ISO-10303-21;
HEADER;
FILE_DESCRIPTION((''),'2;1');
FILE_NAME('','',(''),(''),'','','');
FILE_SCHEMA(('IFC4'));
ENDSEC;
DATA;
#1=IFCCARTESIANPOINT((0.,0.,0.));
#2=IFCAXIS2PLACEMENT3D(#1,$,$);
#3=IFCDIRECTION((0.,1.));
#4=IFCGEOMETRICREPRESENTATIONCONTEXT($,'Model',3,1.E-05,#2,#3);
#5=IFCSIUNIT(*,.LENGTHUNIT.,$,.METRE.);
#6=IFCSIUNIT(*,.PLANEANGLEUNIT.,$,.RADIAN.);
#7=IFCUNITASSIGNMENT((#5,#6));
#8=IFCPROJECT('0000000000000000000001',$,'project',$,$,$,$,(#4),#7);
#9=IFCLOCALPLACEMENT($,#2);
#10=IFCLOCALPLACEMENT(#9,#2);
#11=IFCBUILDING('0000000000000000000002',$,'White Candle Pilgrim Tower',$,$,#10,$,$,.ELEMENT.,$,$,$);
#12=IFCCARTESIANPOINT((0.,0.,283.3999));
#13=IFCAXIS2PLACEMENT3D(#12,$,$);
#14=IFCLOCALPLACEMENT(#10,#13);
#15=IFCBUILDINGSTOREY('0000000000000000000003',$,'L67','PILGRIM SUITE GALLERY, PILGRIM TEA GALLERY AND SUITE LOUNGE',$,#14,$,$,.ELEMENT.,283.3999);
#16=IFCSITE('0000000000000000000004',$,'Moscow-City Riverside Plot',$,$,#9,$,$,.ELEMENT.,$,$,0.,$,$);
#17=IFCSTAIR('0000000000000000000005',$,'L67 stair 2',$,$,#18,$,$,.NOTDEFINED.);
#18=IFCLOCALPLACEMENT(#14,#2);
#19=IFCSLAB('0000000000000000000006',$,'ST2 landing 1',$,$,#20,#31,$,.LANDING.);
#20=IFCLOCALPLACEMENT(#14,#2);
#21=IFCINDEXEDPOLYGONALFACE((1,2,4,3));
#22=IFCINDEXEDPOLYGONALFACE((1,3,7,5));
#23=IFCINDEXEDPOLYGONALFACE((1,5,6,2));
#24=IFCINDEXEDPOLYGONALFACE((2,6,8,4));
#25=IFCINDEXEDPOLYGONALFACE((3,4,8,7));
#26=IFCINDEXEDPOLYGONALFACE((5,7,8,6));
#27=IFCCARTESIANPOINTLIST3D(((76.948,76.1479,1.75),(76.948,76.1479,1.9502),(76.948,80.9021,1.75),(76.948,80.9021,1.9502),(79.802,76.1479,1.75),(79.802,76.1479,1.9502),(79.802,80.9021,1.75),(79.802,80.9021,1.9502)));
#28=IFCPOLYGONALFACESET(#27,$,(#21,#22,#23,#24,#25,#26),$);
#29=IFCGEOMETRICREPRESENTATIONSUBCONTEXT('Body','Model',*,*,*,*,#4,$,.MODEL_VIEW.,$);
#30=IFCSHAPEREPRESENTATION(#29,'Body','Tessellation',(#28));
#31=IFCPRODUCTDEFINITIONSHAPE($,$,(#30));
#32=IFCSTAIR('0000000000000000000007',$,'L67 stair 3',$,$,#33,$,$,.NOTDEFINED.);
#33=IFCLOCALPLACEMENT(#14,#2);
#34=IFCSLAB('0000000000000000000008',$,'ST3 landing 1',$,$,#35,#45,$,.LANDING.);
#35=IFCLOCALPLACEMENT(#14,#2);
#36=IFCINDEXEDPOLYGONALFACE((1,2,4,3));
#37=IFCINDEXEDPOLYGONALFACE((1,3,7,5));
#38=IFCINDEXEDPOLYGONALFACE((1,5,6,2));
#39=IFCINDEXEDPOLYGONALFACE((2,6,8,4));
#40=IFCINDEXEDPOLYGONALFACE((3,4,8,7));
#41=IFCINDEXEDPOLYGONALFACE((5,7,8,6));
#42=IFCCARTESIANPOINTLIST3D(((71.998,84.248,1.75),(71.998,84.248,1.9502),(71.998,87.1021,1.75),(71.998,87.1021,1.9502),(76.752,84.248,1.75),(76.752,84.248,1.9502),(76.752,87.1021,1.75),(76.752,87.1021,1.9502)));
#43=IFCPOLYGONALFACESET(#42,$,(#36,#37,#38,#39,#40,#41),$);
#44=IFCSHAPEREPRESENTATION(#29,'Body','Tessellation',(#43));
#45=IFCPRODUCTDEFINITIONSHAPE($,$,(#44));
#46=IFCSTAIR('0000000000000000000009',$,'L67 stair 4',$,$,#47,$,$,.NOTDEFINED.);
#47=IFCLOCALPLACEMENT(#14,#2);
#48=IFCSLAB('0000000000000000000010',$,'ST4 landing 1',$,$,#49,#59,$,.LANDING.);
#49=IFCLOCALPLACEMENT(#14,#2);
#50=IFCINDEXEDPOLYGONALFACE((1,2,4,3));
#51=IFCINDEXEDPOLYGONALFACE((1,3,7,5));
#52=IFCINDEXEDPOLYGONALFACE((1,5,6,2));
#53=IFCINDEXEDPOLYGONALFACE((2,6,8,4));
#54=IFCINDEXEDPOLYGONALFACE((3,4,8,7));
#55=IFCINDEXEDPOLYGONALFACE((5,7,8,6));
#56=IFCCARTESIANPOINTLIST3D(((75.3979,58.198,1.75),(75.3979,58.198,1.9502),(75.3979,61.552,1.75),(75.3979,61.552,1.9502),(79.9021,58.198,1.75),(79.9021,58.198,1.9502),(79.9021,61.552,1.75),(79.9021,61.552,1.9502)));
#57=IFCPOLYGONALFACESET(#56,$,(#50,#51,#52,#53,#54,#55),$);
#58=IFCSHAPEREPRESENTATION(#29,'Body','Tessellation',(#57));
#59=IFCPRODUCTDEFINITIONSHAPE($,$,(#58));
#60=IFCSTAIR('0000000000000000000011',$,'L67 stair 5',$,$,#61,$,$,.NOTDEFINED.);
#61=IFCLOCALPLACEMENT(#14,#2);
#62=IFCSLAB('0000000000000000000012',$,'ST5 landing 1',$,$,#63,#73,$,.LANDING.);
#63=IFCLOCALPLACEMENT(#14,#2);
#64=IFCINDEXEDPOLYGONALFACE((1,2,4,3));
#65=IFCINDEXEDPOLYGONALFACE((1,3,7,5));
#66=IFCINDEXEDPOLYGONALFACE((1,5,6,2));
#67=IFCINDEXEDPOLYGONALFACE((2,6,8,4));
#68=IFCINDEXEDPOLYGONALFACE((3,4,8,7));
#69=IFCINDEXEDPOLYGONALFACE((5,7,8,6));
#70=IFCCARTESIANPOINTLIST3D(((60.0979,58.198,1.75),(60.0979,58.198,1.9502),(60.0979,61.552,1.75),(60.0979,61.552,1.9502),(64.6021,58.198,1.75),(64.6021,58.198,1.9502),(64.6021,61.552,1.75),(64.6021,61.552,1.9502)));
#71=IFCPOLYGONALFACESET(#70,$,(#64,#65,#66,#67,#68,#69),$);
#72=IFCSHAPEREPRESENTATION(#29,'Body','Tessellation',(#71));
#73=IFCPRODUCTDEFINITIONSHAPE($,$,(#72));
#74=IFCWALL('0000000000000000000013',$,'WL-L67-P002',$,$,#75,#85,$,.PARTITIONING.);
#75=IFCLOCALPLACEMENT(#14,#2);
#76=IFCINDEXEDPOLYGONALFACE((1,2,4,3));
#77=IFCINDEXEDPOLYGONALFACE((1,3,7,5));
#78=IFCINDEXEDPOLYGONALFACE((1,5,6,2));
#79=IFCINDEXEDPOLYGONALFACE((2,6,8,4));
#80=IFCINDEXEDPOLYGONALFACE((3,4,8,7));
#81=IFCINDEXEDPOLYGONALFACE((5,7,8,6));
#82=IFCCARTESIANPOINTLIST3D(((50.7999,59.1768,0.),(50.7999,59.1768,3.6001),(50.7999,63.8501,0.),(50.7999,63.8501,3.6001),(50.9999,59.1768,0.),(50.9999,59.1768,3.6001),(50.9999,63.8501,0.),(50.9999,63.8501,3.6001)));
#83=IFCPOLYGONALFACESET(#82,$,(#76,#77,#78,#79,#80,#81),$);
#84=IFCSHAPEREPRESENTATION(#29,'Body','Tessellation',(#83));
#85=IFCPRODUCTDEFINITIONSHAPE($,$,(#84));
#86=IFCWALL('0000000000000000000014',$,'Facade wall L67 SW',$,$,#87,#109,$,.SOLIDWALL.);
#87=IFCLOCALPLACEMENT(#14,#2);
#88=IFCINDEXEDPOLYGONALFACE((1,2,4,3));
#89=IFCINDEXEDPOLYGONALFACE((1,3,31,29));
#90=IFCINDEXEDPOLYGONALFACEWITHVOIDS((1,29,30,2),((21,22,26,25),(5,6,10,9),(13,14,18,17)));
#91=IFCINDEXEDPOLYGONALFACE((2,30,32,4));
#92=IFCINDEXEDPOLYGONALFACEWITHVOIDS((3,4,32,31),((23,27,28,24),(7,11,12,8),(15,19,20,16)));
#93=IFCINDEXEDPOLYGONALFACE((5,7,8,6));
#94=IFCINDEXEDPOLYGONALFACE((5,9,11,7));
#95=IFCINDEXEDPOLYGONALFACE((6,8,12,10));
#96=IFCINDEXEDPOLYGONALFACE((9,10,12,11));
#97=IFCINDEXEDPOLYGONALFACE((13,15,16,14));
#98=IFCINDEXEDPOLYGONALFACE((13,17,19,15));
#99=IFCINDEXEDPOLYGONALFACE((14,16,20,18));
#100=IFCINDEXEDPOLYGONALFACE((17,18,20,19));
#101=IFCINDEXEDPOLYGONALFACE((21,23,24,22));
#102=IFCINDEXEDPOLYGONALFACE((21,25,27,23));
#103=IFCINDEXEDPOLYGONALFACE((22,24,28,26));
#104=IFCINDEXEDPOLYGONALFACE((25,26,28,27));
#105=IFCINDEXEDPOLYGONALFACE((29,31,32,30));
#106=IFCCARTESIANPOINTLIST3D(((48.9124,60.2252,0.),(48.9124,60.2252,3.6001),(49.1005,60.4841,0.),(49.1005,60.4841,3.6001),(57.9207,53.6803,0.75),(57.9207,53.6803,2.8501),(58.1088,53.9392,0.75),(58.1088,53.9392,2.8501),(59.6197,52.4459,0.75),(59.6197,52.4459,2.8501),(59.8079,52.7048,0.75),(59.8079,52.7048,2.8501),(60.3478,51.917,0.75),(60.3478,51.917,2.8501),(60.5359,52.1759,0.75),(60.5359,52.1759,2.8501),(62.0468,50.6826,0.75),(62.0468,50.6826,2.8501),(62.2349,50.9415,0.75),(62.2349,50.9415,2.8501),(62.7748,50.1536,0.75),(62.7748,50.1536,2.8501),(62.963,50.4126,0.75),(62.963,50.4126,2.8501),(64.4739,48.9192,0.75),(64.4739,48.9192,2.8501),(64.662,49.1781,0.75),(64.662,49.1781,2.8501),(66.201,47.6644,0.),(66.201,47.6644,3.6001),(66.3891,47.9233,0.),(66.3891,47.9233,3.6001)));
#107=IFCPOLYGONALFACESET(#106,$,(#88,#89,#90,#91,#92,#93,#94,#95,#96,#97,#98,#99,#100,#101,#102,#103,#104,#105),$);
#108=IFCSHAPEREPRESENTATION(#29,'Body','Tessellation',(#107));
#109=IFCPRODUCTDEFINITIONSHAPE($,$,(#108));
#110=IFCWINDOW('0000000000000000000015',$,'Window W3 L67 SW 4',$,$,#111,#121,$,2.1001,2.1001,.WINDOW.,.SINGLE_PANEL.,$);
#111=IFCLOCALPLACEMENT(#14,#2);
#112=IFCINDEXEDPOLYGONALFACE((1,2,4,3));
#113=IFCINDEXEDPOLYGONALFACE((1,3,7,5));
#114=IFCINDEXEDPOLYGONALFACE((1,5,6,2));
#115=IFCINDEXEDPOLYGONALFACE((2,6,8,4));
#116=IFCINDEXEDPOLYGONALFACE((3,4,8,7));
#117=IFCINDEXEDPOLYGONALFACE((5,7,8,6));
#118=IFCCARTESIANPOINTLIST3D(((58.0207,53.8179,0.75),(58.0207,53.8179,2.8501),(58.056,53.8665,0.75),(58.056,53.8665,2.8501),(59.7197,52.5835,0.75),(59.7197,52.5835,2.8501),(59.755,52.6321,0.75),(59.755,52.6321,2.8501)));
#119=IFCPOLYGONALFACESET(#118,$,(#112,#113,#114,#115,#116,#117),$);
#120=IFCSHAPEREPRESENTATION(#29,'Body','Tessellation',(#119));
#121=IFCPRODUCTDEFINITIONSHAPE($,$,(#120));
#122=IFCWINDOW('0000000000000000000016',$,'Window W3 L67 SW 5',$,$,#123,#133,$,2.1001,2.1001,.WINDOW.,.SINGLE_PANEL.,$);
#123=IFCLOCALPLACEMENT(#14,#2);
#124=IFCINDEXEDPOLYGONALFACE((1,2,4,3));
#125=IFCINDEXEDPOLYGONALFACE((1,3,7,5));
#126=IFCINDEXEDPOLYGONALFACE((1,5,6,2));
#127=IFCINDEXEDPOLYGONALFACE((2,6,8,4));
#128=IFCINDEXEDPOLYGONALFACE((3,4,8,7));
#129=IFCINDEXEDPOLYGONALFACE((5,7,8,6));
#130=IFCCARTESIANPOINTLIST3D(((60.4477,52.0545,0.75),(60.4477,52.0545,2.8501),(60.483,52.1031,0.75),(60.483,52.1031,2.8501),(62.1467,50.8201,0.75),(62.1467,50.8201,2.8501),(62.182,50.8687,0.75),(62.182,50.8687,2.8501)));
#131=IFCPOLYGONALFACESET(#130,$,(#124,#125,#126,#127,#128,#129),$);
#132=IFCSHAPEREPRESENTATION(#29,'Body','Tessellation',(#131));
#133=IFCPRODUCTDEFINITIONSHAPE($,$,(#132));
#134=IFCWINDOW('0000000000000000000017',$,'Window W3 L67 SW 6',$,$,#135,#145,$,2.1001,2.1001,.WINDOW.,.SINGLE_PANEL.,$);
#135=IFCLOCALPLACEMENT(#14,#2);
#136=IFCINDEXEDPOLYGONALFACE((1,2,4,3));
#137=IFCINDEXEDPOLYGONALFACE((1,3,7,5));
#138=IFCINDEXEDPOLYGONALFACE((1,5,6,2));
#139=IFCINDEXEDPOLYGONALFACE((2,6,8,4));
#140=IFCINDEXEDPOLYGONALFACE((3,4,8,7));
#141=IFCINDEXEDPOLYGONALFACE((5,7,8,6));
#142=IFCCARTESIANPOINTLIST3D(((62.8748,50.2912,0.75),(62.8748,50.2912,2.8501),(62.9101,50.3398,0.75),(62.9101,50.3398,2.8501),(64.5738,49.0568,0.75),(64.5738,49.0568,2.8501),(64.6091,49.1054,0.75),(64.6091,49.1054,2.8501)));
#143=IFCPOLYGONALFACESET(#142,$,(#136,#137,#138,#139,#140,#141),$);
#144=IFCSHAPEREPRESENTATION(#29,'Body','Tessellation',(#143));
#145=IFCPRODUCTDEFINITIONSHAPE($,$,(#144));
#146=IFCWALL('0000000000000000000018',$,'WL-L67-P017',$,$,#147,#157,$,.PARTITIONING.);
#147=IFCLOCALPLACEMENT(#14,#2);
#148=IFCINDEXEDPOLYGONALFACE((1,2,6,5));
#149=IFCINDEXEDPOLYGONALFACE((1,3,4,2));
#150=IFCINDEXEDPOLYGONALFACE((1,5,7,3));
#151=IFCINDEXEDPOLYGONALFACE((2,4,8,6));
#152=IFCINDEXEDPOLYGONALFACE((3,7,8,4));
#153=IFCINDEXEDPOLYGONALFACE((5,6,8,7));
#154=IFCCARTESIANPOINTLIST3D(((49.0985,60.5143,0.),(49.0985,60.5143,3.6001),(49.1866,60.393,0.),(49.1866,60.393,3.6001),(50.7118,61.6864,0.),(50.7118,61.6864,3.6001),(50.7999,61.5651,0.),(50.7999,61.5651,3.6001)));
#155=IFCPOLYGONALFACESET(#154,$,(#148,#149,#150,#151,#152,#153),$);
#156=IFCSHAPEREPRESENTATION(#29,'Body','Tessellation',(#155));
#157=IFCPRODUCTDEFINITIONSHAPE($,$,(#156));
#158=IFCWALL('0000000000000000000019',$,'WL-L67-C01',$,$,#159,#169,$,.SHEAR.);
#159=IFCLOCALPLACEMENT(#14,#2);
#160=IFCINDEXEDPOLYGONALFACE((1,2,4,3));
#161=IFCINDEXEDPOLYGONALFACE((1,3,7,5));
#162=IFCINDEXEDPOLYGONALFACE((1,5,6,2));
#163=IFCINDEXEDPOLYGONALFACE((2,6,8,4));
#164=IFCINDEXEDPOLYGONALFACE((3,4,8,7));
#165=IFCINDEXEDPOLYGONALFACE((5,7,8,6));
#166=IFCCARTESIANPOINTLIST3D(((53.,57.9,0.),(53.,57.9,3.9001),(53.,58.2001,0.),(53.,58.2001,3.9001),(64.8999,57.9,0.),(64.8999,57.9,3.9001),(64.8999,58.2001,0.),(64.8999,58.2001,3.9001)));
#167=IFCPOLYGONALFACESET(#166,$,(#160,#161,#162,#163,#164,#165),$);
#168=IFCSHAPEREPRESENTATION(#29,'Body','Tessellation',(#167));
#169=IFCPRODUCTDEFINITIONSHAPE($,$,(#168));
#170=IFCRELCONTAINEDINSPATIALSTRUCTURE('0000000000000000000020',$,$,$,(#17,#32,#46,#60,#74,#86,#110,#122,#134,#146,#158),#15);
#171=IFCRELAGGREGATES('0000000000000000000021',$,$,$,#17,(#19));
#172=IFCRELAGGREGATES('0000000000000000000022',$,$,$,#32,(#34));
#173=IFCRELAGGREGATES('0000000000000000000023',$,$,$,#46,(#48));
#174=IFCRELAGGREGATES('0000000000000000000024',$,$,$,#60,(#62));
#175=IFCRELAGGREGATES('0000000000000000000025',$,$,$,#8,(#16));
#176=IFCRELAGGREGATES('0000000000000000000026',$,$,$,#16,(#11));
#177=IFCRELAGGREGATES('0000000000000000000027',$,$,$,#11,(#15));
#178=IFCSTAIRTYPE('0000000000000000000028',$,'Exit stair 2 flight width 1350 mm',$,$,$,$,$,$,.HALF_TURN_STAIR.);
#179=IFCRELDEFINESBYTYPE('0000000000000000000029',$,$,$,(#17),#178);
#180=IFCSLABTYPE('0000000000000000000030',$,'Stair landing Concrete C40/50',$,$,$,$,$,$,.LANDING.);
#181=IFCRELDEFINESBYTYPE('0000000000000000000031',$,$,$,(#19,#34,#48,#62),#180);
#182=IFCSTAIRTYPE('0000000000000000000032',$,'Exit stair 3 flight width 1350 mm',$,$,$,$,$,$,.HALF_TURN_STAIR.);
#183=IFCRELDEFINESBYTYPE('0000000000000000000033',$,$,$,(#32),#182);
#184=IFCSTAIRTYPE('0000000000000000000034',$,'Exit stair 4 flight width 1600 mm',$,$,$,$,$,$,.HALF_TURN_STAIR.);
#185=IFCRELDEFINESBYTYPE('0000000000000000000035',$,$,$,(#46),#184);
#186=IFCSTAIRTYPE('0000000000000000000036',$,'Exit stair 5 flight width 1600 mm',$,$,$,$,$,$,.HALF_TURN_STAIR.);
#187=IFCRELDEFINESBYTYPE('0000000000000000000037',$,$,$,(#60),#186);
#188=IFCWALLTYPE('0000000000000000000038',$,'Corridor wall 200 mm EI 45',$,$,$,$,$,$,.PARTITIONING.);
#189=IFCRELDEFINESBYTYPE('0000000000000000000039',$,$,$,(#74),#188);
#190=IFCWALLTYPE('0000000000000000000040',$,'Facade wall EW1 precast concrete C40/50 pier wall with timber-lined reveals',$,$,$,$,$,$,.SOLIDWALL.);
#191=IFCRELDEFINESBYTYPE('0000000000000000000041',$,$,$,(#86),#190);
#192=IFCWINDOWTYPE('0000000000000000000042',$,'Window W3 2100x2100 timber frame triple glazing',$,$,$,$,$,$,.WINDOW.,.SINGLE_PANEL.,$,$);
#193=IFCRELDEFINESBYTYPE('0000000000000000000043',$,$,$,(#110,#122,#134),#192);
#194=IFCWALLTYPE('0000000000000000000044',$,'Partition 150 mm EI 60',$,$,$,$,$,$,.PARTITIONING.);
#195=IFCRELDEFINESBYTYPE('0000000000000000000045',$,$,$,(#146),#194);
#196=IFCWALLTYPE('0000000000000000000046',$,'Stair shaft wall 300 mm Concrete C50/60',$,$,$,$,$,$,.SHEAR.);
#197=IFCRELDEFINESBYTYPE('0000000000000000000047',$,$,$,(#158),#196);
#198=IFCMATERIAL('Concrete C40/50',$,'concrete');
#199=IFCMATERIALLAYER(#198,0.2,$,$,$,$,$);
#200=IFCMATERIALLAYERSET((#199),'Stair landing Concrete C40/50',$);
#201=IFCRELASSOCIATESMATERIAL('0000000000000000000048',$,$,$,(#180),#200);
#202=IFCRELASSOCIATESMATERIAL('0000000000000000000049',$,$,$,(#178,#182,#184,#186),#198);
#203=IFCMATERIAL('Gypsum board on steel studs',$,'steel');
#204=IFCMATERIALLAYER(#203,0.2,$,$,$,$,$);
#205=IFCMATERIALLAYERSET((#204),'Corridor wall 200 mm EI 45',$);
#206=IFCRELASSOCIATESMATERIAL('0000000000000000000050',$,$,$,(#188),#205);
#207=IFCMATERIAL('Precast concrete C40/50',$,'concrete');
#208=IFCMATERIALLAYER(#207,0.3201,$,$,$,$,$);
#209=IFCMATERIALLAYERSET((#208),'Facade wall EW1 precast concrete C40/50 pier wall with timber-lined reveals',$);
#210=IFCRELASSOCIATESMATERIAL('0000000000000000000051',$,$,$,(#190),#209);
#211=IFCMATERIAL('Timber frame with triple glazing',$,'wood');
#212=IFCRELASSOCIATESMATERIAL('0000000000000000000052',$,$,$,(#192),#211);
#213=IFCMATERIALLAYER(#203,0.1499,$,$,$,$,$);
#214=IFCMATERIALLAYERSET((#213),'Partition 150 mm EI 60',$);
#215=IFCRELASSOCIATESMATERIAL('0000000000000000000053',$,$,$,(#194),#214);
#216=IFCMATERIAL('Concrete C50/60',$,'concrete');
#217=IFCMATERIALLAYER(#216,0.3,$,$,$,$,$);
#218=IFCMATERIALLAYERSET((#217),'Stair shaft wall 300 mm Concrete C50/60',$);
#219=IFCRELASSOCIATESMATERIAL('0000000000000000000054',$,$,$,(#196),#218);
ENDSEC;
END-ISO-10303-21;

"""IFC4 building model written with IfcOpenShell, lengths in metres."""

from ifc_helpers import new_model, si_unit, direction, frame, frame_2d, origin, place, context, subcontext, project, spatial, polyline, rectangle, outline, extrude, material, layer, layer_set, type_object, element, fill, aggregate, save


model = new_model("IFC4")

# Units and contexts
model_context = context("Model", 3, precision=1e-05, world=origin(), true_north=direction((0.0, 1.0)))
body_context = subcontext(model_context, "Body", "Model", "MODEL_VIEW")
ifc_project = project(units=[si_unit("LENGTHUNIT", "METRE"), si_unit("PLANEANGLEUNIT", "RADIAN")], contexts=[model_context])

# Site, building, storey
site_placement = place(None, origin())
site = spatial("IfcSite", under=ifc_project, at=site_placement, Name="Moscow-City Riverside Plot", CompositionType="ELEMENT", RefElevation=0.0)
building_placement = place(site_placement, origin())
building = spatial("IfcBuilding", under=site, at=building_placement, Name="White Candle Pilgrim Tower", CompositionType="ELEMENT")
storey_placement = place(building_placement, frame((0.0, 0.0, 283.3999)))
storey = spatial("IfcBuildingStorey", under=building, at=storey_placement, Name="L67", Description="PILGRIM SUITE GALLERY, PILGRIM TEA GALLERY AND SUITE LOUNGE", CompositionType="ELEMENT", Elevation=283.3999)

# Shared definitions
ifc_material_1 = material(Name="Concrete C40/50", Category="concrete")

# Stairs, slabs
ifc_layer_1 = layer(ifc_material_1, 0.2)
ifc_layer_set_1 = layer_set([ifc_layer_1], Name="Stair landing Concrete C40/50")
slab_type_1 = type_object("IfcSlabType", Name="Stair landing Concrete C40/50", PredefinedType="LANDING", material=ifc_layer_set_1)
stair_type_1 = type_object("IfcStairType", Name="Exit stair 2 flight width 1350 mm", PredefinedType="HALF_TURN_STAIR", material=ifc_material_1)
stair_1_placement = place(storey_placement, origin())
stair_1 = element("IfcStair", 1, at=stair_1_placement, inside=storey, type_object=stair_type_1, Name="L67 stair 2", PredefinedType="NOTDEFINED")
slab_1_placement = place(storey_placement, frame((0.0, 0.0, 1.75)))
slab_1 = element("IfcSlab", 2, at=slab_1_placement, type_object=slab_type_1, Name="ST2 landing 1", PredefinedType="LANDING", context=body_context, shape_type="SweptSolid", body=[
    extrude(outline(polyline([(79.802, 76.1479), (76.948, 76.1479), (76.948, 80.9021), (79.802, 80.9021), (79.802, 76.1479)])), origin(), (0.0, 0.0, 1.0), 0.2002),
])
aggregate(stair_1, [slab_1])
stair_type_2 = type_object("IfcStairType", Name="Exit stair 3 flight width 1350 mm", PredefinedType="HALF_TURN_STAIR", material=ifc_material_1)
stair_2_placement = place(storey_placement, origin())
stair_2 = element("IfcStair", 3, at=stair_2_placement, inside=storey, type_object=stair_type_2, Name="L67 stair 3", PredefinedType="NOTDEFINED")
slab_2_placement = place(storey_placement, frame((0.0, 0.0, 1.75)))
slab_2 = element("IfcSlab", 4, at=slab_2_placement, type_object=slab_type_1, Name="ST3 landing 1", PredefinedType="LANDING", context=body_context, shape_type="SweptSolid", body=[
    extrude(outline(polyline([(71.998, 84.248), (71.998, 87.1021), (76.752, 87.1021), (76.752, 84.248), (71.998, 84.248)])), origin(), (0.0, 0.0, 1.0), 0.2002),
])
aggregate(stair_2, [slab_2])
stair_type_3 = type_object("IfcStairType", Name="Exit stair 4 flight width 1600 mm", PredefinedType="HALF_TURN_STAIR", material=ifc_material_1)
stair_3_placement = place(storey_placement, origin())
stair_3 = element("IfcStair", 5, at=stair_3_placement, inside=storey, type_object=stair_type_3, Name="L67 stair 4", PredefinedType="NOTDEFINED")
slab_3_placement = place(storey_placement, frame((0.0, 0.0, 1.75)))
slab_3 = element("IfcSlab", 6, at=slab_3_placement, type_object=slab_type_1, Name="ST4 landing 1", PredefinedType="LANDING", context=body_context, shape_type="SweptSolid", body=[
    extrude(outline(polyline([(79.9021, 61.552), (79.9021, 58.198), (75.3979, 58.198), (75.3979, 61.552), (79.9021, 61.552)])), origin(), (0.0, 0.0, 1.0), 0.2002),
])
aggregate(stair_3, [slab_3])
stair_type_4 = type_object("IfcStairType", Name="Exit stair 5 flight width 1600 mm", PredefinedType="HALF_TURN_STAIR", material=ifc_material_1)
stair_4_placement = place(storey_placement, origin())
stair_4 = element("IfcStair", 7, at=stair_4_placement, inside=storey, type_object=stair_type_4, Name="L67 stair 5", PredefinedType="NOTDEFINED")
slab_4_placement = place(storey_placement, frame((0.0, 0.0, 1.75)))
slab_4 = element("IfcSlab", 8, at=slab_4_placement, type_object=slab_type_1, Name="ST5 landing 1", PredefinedType="LANDING", context=body_context, shape_type="SweptSolid", body=[
    extrude(outline(polyline([(60.0979, 58.198), (60.0979, 61.552), (64.6021, 61.552), (64.6021, 58.198), (60.0979, 58.198)])), origin(), (0.0, 0.0, 1.0), 0.2002),
])
aggregate(stair_4, [slab_4])

# Wall
ifc_material_2 = material(Name="Gypsum board on steel studs", Category="steel")
ifc_layer_2 = layer(ifc_material_2, 0.2)
ifc_layer_set_2 = layer_set([ifc_layer_2], Name="Corridor wall 200 mm EI 45")
wall_type_1 = type_object("IfcWallType", Name="Corridor wall 200 mm EI 45", PredefinedType="PARTITIONING", material=ifc_layer_set_2)
wall_1_placement = place(storey_placement, frame((50.8999, 59.1768, 0.0), z_axis=(0.0, 0.0, 1.0), x_axis=(0.0, 1.0, 0.0)))
element("IfcWall", 9, at=wall_1_placement, inside=storey, type_object=wall_type_1, Name="WL-L67-P002", PredefinedType="PARTITIONING", context=body_context, shape_type="SweptSolid", body=[
    extrude(rectangle(XDim=4.6733, YDim=0.2, at=frame_2d((2.3367, 0.0))), origin(), (0.0, 0.0, 1.0), 3.6001),
])

# Wall, openings, windows
ifc_material_3 = material(Name="Precast concrete C40/50", Category="concrete")
ifc_layer_3 = layer(ifc_material_3, 0.3201)
ifc_layer_set_3 = layer_set([ifc_layer_3], Name="Facade wall EW1 precast concrete C40/50 pier wall with timber-lined reveals")
wall_type_2 = type_object("IfcWallType", Name="Facade wall EW1 precast concrete C40/50 pier wall with timber-lined reveals", PredefinedType="SOLIDWALL", material=ifc_layer_set_3)
wall_2_placement = place(storey_placement, frame((49.0063, 60.3547, 0.0), z_axis=(0.0, 0.0, 1.0), x_axis=(0.809019, -0.587782, 0.0)))
wall_2 = element("IfcWall", 10, at=wall_2_placement, inside=storey, type_object=wall_type_2, Name="Facade wall L67 SW", PredefinedType="SOLIDWALL", context=body_context, shape_type="SweptSolid", body=[
    extrude(rectangle(XDim=21.3699, YDim=0.3201, at=frame_2d((10.6851, 0.0))), origin(), (0.0, 0.0, 1.0), 3.6001),
])
opening_1_placement = place(wall_2_placement, frame((11.135, 0.0, 0.75)))
opening_1 = element("IfcOpeningElement", 11, at=opening_1_placement, cuts=wall_2, PredefinedType="OPENING", context=body_context, shape_type="SweptSolid", body=[
    extrude(rectangle(XDim=2.1001, YDim=2.1001, at=frame_2d((1.05, 1.05))), frame((0.0, 0.1699, 0.0), z_axis=(0.0, -1.0, 0.0), x_axis=(1.0, 0.0, 0.0)), (0.0, 0.0, 1.0), 0.3401),
])
opening_2_placement = place(wall_2_placement, frame((14.135, 0.0, 0.75)))
opening_2 = element("IfcOpeningElement", 12, at=opening_2_placement, cuts=wall_2, PredefinedType="OPENING", context=body_context, shape_type="SweptSolid", body=[
    extrude(rectangle(XDim=2.1001, YDim=2.1001, at=frame_2d((1.05, 1.05))), frame((0.0, 0.1699, 0.0), z_axis=(0.0, -1.0, 0.0), x_axis=(1.0, 0.0, 0.0)), (0.0, 0.0, 1.0), 0.3401),
])
opening_3_placement = place(wall_2_placement, frame((17.135, 0.0, 0.75)))
opening_3 = element("IfcOpeningElement", 13, at=opening_3_placement, cuts=wall_2, PredefinedType="OPENING", context=body_context, shape_type="SweptSolid", body=[
    extrude(rectangle(XDim=2.1001, YDim=2.1001, at=frame_2d((1.05, 1.05))), frame((0.0, 0.1699, 0.0), z_axis=(0.0, -1.0, 0.0), x_axis=(1.0, 0.0, 0.0)), (0.0, 0.0, 1.0), 0.3401),
])
ifc_material_4 = material(Name="Timber frame with triple glazing", Category="wood")
window_type = type_object("IfcWindowType", Name="Window W3 2100x2100 timber frame triple glazing", PartitioningType="SINGLE_PANEL", PredefinedType="WINDOW", material=ifc_material_4)
window_1_placement = place(opening_1_placement, origin())
window_1 = element("IfcWindow", 14, at=window_1_placement, inside=storey, type_object=window_type, Name="Window W3 L67 SW 4", OverallHeight=2.1001, OverallWidth=2.1001, PartitioningType="SINGLE_PANEL", PredefinedType="WINDOW", context=body_context, shape_type="SweptSolid", body=[
    extrude(rectangle(XDim=2.1001, YDim=2.1001, at=frame_2d((1.05, 1.05))), frame((0.0, 0.0701, 0.0), z_axis=(0.0, -1.0, 0.0), x_axis=(1.0, 0.0, 0.0)), (0.0, 0.0, 1.0), 0.0601),
])
fill(opening_1, window_1)
window_2_placement = place(opening_2_placement, origin())
window_2 = element("IfcWindow", 15, at=window_2_placement, inside=storey, type_object=window_type, Name="Window W3 L67 SW 5", OverallHeight=2.1001, OverallWidth=2.1001, PartitioningType="SINGLE_PANEL", PredefinedType="WINDOW", context=body_context, shape_type="SweptSolid", body=[
    extrude(rectangle(XDim=2.1001, YDim=2.1001, at=frame_2d((1.05, 1.05))), frame((0.0, 0.0701, 0.0), z_axis=(0.0, -1.0, 0.0), x_axis=(1.0, 0.0, 0.0)), (0.0, 0.0, 1.0), 0.0601),
])
fill(opening_2, window_2)
window_3_placement = place(opening_3_placement, origin())
window_3 = element("IfcWindow", 16, at=window_3_placement, inside=storey, type_object=window_type, Name="Window W3 L67 SW 6", OverallHeight=2.1001, OverallWidth=2.1001, PartitioningType="SINGLE_PANEL", PredefinedType="WINDOW", context=body_context, shape_type="SweptSolid", body=[
    extrude(rectangle(XDim=2.1001, YDim=2.1001, at=frame_2d((1.05, 1.05))), frame((0.0, 0.0701, 0.0), z_axis=(0.0, -1.0, 0.0), x_axis=(1.0, 0.0, 0.0)), (0.0, 0.0, 1.0), 0.0601),
])
fill(opening_3, window_3)

# Walls
ifc_layer_4 = layer(ifc_material_2, 0.1499)
ifc_layer_set_4 = layer_set([ifc_layer_4], Name="Partition 150 mm EI 60")
wall_type_3 = type_object("IfcWallType", Name="Partition 150 mm EI 60", PredefinedType="PARTITIONING", material=ifc_layer_set_4)
wall_3_placement = place(storey_placement, frame((49.1426, 60.4536, 0.0), z_axis=(0.0, 0.0, 1.0), x_axis=(0.809017, 0.587786, 0.0)))
element("IfcWall", 17, at=wall_3_placement, inside=storey, type_object=wall_type_3, Name="WL-L67-P017", PredefinedType="PARTITIONING", context=body_context, shape_type="SweptSolid", body=[
    extrude(rectangle(XDim=1.9941, YDim=0.1499, at=frame_2d((0.9971, 0.0))), origin(), (0.0, 0.0, 1.0), 3.6001),
])
ifc_material_5 = material(Name="Concrete C50/60", Category="concrete")
ifc_layer_5 = layer(ifc_material_5, 0.3)
ifc_layer_set_5 = layer_set([ifc_layer_5], Name="Stair shaft wall 300 mm Concrete C50/60")
wall_type_4 = type_object("IfcWallType", Name="Stair shaft wall 300 mm Concrete C50/60", PredefinedType="SHEAR", material=ifc_layer_set_5)
wall_4_placement = place(storey_placement, frame((53.0, 58.05, 0.0), z_axis=(0.0, 0.0, 1.0), x_axis=(1.0, 0.0, 0.0)))
element("IfcWall", 18, at=wall_4_placement, inside=storey, type_object=wall_type_4, Name="WL-L67-C01", PredefinedType="SHEAR", context=body_context, shape_type="SweptSolid", body=[
    extrude(rectangle(XDim=11.8999, YDim=0.3, at=frame_2d((5.95, 0.0))), origin(), (0.0, 0.0, 1.0), 3.9001),
])

save(model, "model.ifc")
